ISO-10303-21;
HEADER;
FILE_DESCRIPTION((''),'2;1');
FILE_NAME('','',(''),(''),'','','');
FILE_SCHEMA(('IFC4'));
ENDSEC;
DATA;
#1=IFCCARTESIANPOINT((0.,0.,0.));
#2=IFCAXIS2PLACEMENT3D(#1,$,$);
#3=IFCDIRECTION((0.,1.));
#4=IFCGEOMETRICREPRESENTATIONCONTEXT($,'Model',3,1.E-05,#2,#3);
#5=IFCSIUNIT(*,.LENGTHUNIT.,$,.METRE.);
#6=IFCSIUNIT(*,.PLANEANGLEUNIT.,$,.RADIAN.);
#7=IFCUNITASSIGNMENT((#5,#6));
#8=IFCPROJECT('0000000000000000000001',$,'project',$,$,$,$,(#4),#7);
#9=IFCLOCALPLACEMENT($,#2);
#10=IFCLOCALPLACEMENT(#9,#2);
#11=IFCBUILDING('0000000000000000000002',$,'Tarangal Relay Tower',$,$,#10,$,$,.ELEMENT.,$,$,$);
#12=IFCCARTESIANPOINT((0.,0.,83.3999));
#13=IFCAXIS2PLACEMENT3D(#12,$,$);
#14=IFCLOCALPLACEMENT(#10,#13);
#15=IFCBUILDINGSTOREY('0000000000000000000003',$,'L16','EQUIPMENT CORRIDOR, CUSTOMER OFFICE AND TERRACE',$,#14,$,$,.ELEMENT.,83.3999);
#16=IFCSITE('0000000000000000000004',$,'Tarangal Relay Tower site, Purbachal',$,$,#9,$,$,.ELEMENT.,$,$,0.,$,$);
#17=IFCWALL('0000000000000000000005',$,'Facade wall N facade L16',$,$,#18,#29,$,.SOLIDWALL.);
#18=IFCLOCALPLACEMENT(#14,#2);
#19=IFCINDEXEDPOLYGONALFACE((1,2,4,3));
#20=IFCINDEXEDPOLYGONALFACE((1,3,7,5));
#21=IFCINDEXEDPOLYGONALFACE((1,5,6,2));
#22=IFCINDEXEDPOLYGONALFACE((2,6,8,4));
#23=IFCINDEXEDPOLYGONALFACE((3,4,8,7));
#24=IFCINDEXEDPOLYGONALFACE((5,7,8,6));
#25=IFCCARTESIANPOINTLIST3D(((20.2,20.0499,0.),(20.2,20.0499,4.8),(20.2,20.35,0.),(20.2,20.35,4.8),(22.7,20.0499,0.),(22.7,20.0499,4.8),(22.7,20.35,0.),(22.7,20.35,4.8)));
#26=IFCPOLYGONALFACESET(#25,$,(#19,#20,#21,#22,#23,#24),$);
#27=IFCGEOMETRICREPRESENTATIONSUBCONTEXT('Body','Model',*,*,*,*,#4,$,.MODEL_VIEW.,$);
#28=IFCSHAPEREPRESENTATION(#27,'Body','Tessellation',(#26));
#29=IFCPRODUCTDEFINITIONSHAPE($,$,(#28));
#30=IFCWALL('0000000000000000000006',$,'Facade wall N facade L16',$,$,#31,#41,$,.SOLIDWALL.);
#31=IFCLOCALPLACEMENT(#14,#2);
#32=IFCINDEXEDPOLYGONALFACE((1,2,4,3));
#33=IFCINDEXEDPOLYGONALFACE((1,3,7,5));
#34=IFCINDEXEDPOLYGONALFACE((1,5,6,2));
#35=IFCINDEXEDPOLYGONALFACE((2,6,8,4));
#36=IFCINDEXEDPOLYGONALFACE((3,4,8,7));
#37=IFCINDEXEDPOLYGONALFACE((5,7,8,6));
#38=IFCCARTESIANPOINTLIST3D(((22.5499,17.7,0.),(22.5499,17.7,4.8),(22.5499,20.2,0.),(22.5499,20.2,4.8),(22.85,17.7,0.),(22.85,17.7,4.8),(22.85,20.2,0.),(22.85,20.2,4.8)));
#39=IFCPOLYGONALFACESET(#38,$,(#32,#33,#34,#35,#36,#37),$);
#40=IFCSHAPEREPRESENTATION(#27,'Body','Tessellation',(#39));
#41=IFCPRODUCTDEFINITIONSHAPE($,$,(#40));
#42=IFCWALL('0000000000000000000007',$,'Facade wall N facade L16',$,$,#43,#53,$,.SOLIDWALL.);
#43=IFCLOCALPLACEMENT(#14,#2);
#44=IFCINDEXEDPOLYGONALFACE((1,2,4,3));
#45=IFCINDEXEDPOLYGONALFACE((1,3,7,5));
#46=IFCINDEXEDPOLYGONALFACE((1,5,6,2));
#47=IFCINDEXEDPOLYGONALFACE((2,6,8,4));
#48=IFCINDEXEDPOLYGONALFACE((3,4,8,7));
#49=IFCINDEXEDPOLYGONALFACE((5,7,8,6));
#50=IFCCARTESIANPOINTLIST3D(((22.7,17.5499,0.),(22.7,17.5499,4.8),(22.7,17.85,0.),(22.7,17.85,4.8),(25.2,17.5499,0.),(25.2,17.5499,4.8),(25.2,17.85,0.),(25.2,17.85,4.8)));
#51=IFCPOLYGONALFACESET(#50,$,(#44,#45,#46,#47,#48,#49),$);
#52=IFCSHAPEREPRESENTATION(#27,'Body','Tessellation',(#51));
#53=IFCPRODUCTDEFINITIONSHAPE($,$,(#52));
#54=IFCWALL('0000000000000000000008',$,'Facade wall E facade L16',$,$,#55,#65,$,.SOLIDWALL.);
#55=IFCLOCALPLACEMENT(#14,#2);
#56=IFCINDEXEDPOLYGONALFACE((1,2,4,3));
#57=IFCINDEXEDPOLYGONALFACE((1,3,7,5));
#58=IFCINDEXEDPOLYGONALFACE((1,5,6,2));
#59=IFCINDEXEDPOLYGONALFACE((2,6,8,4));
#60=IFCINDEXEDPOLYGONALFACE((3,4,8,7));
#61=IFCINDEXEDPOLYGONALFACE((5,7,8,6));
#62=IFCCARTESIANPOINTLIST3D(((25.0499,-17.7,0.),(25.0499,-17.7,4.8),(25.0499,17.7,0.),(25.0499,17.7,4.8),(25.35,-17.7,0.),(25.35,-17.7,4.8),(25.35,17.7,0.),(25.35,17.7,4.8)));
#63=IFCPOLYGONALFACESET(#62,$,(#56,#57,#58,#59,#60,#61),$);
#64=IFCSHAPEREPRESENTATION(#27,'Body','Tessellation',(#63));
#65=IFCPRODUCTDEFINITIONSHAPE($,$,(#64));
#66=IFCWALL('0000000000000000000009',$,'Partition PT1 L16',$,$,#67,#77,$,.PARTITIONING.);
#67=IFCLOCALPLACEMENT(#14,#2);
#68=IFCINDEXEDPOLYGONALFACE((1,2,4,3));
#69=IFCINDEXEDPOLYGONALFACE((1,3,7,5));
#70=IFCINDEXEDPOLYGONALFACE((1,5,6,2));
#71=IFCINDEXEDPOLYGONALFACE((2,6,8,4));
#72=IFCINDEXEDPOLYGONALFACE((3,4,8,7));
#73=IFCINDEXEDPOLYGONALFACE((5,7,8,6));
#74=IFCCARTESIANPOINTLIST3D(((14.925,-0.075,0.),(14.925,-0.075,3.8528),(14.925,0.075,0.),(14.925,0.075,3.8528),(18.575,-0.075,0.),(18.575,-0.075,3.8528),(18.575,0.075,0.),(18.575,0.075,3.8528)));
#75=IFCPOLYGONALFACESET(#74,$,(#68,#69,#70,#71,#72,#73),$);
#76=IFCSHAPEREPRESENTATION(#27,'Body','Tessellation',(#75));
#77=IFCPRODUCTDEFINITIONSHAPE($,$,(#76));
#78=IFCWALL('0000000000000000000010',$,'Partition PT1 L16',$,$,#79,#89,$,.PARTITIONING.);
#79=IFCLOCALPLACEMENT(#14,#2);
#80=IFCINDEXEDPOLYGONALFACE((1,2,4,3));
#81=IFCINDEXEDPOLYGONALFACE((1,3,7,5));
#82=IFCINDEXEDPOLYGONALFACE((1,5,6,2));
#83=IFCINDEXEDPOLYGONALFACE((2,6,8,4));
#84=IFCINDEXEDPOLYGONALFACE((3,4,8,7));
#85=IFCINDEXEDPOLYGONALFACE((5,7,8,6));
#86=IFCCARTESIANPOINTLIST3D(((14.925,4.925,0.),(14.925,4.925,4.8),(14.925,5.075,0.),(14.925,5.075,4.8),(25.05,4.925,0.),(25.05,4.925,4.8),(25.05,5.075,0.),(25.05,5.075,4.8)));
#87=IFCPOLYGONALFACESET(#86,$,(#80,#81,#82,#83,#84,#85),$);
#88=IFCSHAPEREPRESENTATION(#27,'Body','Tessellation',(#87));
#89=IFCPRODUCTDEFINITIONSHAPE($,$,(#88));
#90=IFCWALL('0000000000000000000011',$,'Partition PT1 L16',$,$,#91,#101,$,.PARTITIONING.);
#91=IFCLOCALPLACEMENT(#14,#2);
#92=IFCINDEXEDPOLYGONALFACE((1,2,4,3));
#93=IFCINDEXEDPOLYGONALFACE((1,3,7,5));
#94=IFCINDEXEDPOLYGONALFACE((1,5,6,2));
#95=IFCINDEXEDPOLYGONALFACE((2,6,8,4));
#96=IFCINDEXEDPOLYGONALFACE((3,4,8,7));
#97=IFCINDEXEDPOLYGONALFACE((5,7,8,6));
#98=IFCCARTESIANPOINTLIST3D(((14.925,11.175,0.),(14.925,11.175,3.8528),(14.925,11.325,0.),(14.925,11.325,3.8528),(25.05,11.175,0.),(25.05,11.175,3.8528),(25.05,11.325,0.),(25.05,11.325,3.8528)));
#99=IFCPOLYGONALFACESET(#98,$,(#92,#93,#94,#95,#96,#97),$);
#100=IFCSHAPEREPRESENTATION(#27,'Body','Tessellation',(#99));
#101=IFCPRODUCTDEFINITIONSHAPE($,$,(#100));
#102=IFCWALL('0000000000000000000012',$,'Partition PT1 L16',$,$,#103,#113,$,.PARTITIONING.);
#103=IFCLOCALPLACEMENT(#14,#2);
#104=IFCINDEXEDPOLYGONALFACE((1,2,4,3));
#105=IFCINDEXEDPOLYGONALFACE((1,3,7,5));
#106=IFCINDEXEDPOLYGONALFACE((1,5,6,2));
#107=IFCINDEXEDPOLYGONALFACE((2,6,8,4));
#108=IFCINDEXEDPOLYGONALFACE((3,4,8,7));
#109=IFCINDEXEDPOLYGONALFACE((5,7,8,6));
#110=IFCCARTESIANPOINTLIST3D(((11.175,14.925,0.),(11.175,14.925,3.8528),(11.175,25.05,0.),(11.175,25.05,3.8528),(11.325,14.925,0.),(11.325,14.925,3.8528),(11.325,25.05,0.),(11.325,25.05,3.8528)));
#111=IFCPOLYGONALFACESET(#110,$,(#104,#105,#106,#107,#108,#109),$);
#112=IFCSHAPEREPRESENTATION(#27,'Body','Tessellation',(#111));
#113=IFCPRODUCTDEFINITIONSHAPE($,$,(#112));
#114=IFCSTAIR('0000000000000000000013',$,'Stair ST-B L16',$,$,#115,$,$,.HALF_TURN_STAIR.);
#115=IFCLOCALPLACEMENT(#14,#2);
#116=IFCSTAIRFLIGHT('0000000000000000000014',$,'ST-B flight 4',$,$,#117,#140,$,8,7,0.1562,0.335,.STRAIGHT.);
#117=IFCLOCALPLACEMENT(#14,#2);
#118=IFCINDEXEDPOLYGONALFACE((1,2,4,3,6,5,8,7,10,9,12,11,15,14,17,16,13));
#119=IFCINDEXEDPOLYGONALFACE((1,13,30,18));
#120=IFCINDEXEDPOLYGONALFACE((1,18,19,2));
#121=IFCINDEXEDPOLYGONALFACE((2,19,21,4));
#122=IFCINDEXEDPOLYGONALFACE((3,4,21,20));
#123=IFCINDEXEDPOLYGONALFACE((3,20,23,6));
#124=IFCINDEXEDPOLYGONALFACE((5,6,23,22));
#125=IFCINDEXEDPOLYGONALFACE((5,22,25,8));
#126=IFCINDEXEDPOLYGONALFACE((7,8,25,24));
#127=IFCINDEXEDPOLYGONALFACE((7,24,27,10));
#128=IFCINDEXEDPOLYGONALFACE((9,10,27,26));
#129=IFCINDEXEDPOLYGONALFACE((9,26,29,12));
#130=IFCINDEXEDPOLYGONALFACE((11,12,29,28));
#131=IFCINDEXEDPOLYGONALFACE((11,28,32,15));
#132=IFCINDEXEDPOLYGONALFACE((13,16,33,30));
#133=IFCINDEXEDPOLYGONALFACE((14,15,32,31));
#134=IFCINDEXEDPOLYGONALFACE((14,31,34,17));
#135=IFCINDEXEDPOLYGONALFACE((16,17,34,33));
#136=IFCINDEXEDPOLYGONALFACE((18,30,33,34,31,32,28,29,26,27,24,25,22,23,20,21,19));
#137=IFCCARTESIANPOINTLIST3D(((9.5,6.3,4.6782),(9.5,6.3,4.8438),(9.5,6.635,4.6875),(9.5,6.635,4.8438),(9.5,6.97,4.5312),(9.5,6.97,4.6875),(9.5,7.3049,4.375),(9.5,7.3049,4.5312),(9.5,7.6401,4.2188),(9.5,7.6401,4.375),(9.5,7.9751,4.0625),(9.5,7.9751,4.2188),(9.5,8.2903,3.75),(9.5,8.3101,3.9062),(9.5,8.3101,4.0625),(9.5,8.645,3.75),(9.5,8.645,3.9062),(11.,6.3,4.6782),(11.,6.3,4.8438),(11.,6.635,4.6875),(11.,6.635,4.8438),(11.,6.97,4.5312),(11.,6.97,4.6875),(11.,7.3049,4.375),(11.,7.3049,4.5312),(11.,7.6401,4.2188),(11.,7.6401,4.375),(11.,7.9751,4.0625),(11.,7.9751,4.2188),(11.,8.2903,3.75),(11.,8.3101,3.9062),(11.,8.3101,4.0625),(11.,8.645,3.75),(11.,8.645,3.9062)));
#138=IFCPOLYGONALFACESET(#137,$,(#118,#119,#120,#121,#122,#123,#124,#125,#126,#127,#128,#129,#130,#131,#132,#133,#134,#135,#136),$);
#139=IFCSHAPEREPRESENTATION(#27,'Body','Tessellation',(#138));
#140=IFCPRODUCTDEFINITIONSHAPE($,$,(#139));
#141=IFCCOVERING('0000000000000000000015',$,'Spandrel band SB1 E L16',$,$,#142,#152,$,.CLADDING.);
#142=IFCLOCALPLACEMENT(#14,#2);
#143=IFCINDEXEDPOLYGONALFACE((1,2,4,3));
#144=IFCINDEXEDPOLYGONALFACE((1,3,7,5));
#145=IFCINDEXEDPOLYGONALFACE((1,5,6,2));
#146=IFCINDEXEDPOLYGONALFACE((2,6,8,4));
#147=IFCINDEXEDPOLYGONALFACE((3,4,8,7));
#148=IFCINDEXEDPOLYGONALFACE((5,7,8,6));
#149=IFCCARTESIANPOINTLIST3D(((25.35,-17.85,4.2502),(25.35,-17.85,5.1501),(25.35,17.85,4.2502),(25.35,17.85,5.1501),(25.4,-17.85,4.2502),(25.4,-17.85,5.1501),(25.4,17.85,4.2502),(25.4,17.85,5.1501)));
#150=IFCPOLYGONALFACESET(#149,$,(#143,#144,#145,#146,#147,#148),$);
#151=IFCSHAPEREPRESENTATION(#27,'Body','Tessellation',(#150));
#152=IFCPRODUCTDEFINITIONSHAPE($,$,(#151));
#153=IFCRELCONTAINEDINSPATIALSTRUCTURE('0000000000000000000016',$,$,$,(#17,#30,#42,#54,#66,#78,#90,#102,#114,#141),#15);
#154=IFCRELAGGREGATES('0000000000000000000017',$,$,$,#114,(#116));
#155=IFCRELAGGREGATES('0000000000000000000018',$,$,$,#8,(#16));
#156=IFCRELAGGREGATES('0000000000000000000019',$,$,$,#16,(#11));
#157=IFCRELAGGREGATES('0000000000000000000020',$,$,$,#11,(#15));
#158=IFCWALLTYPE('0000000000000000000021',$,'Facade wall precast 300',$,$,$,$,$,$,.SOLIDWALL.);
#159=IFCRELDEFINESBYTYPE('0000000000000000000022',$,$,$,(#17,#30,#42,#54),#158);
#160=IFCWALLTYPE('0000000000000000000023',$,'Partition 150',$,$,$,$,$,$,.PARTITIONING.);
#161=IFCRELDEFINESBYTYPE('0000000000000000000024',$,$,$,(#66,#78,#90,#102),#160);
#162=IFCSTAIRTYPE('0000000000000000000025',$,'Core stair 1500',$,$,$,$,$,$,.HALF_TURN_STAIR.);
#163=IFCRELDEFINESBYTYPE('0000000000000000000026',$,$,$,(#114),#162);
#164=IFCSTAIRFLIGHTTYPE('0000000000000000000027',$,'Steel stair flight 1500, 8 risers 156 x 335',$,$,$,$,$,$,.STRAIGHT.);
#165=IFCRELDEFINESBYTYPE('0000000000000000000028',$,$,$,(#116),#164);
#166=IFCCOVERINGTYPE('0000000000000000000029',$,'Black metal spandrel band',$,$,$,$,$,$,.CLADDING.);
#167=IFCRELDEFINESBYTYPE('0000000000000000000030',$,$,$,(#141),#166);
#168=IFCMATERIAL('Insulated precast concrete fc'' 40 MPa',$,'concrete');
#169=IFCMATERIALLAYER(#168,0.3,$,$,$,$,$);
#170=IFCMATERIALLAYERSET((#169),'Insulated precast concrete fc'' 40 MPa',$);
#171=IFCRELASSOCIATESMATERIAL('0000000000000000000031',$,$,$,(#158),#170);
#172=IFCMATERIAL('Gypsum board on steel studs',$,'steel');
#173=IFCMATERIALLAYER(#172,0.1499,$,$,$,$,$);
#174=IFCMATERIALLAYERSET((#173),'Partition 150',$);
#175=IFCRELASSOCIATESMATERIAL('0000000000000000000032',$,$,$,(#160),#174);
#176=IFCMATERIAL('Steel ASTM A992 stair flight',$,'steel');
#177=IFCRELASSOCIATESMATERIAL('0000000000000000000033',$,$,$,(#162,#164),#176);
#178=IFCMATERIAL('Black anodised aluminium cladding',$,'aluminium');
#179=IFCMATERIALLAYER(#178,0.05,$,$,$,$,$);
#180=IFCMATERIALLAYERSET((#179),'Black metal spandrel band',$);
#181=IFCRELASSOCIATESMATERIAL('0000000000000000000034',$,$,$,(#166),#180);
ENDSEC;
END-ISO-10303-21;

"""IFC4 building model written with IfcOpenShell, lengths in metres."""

from ifc_helpers import new_model, si_unit, direction, frame, frame_2d, origin, origin_2d, place, context, subcontext, project, spatial, polyline, rectangle, outline, extrude, material, layer, layer_set, type_object, element, aggregate, save


model = new_model("IFC4")

# Units and contexts
model_context = context("Model", 3, precision=1e-05, world=origin(), true_north=direction((0.0, 1.0)))
body_context = subcontext(model_context, "Body", "Model", "MODEL_VIEW")
ifc_project = project(units=[si_unit("LENGTHUNIT", "METRE"), si_unit("PLANEANGLEUNIT", "RADIAN")], contexts=[model_context])

# Site, building, storey
site_placement = place(None, origin())
site = spatial("IfcSite", under=ifc_project, at=site_placement, Name="Tarangal Relay Tower site, Purbachal", CompositionType="ELEMENT", RefElevation=0.0)
building_placement = place(site_placement, origin())
building = spatial("IfcBuilding", under=site, at=building_placement, Name="Tarangal Relay Tower", CompositionType="ELEMENT")
storey_placement = place(building_placement, frame((0.0, 0.0, 83.3999)))
storey = spatial("IfcBuildingStorey", under=building, at=storey_placement, Name="L16", Description="EQUIPMENT CORRIDOR, CUSTOMER OFFICE AND TERRACE", CompositionType="ELEMENT", Elevation=83.3999)

# Shared definitions
ifc_material_1 = material(Name="Insulated precast concrete fc' 40 MPa", Category="concrete")
ifc_layer_1 = layer(ifc_material_1, 0.3)
ifc_layer_set_1 = layer_set([ifc_layer_1], Name="Insulated precast concrete fc' 40 MPa")
wall_type_1 = type_object("IfcWallType", Name="Facade wall precast 300", PredefinedType="SOLIDWALL", material=ifc_layer_set_1)

# Walls
for number, where, z_axis, x_axis, name in (
    (1, (20.2, 20.2, 0.0), (0.0, 0.0, 1.0), (1.0, 0.0, 0.0), "Facade wall N facade L16"),
    (2, (22.7, 20.2, 0.0), (0.0, 0.0, 1.0), (0.0, -1.0, 0.0), "Facade wall N facade L16"),
    (3, (22.7, 17.7, 0.0), (0.0, 0.0, 1.0), (1.0, 0.0, 0.0), "Facade wall N facade L16"),
):
    element("IfcWall", number, at=place(storey_placement, frame(where, z_axis=z_axis, x_axis=x_axis)), inside=storey, type_object=wall_type_1, Name=name, PredefinedType="SOLIDWALL", context=body_context, shape_type="SweptSolid", body=[
        extrude(rectangle(XDim=2.5, YDim=0.3, at=frame_2d((1.25, 0.0))), origin(), (0.0, 0.0, 1.0), 4.8),
    ])
wall_1_placement = place(storey_placement, frame((25.2, 17.7, 0.0), z_axis=(0.0, 0.0, 1.0), x_axis=(0.0, -1.0, 0.0)))
element("IfcWall", 4, at=wall_1_placement, inside=storey, type_object=wall_type_1, Name="Facade wall E facade L16", PredefinedType="SOLIDWALL", context=body_context, shape_type="SweptSolid", body=[
    extrude(rectangle(XDim=35.3999, YDim=0.3, at=frame_2d((17.7, 0.0))), origin(), (0.0, 0.0, 1.0), 4.8),
])
ifc_material_2 = material(Name="Gypsum board on steel studs", Category="steel")
ifc_layer_2 = layer(ifc_material_2, 0.1499)
ifc_layer_set_2 = layer_set([ifc_layer_2], Name="Partition 150")
wall_type_2 = type_object("IfcWallType", Name="Partition 150", PredefinedType="PARTITIONING", material=ifc_layer_set_2)
wall_2_placement = place(storey_placement, frame((14.925, 0.0, 0.0), z_axis=(0.0, 0.0, 1.0), x_axis=(1.0, 0.0, 0.0)))
element("IfcWall", 5, at=wall_2_placement, inside=storey, type_object=wall_type_2, Name="Partition PT1 L16", PredefinedType="PARTITIONING", context=body_context, shape_type="SweptSolid", body=[
    extrude(rectangle(XDim=3.6499, YDim=0.1499, at=frame_2d((1.825, 0.0))), origin(), (0.0, 0.0, 1.0), 3.8528),
])
wall_3_placement = place(storey_placement, frame((14.925, 5.0, 0.0), z_axis=(0.0, 0.0, 1.0), x_axis=(1.0, 0.0, 0.0)))
element("IfcWall", 6, at=wall_3_placement, inside=storey, type_object=wall_type_2, Name="Partition PT1 L16", PredefinedType="PARTITIONING", context=body_context, shape_type="SweptSolid", body=[
    extrude(rectangle(XDim=10.125, YDim=0.1499, at=frame_2d((5.0625, 0.0))), origin(), (0.0, 0.0, 1.0), 4.8),
])
for number, where, z_axis, x_axis, name in (
    (7, (14.925, 11.25, 0.0), (0.0, 0.0, 1.0), (1.0, 0.0, 0.0), "Partition PT1 L16"),
    (8, (11.25, 14.925, 0.0), (0.0, 0.0, 1.0), (0.0, 1.0, 0.0), "Partition PT1 L16"),
):
    element("IfcWall", number, at=place(storey_placement, frame(where, z_axis=z_axis, x_axis=x_axis)), inside=storey, type_object=wall_type_2, Name=name, PredefinedType="PARTITIONING", context=body_context, shape_type="SweptSolid", body=[
        extrude(rectangle(XDim=10.125, YDim=0.1499, at=frame_2d((5.0625, 0.0))), origin(), (0.0, 0.0, 1.0), 3.8528),
    ])

# Stair, stair flight
ifc_material_3 = material(Name="Steel ASTM A992 stair flight", Category="steel")
stair_type = type_object("IfcStairType", Name="Core stair 1500", PredefinedType="HALF_TURN_STAIR", material=ifc_material_3)
stair_placement = place(storey_placement, origin())
stair = element("IfcStair", 9, at=stair_placement, inside=storey, type_object=stair_type, Name="Stair ST-B L16", PredefinedType="HALF_TURN_STAIR")
stair_flight_type = type_object("IfcStairFlightType", Name="Steel stair flight 1500, 8 risers 156 x 335", PredefinedType="STRAIGHT", material=ifc_material_3)
stair_flight_placement = place(storey_placement, frame((10.25, 8.645, 3.75), z_axis=(0.0, 0.0, 1.0), x_axis=(0.0, -1.0, 0.0)))
stair_flight = element("IfcStairFlight", 10, at=stair_flight_placement, type_object=stair_flight_type, Name="ST-B flight 4", NumberOfRisers=8, NumberOfTreads=7, PredefinedType="STRAIGHT", RiserHeight=0.1562, TreadLength=0.335, context=body_context, shape_type="SweptSolid", body=[
    extrude(outline(polyline([(0.0, 0.0), (0.0, 0.1562), (0.335, 0.1562), (0.335, 0.3125), (0.6699, 0.3125), (0.6699, 0.4688), (1.0049, 0.4688), (1.0049, 0.625), (1.3401, 0.625), (1.3401, 0.7812), (1.675, 0.7812), (1.675, 0.9375), (2.01, 0.9375), (2.01, 1.0938), (2.345, 1.0938), (2.345, 1.25), (2.345, 0.9282), (0.3547, 0.0), (0.0, 0.0)])), frame((0.0, 0.75, 0.0), z_axis=(0.0, -1.0, 0.0), x_axis=(1.0, 0.0, 0.0)), (0.0, 0.0, 1.0), 1.5),
])
aggregate(stair, [stair_flight])

# Covering
ifc_material_4 = material(Name="Black anodised aluminium cladding", Category="aluminium")
ifc_layer_3 = layer(ifc_material_4, 0.05)
ifc_layer_set_3 = layer_set([ifc_layer_3], Name="Black metal spandrel band")
covering_type = type_object("IfcCoveringType", Name="Black metal spandrel band", PredefinedType="CLADDING", material=ifc_layer_set_3)
covering_placement = place(storey_placement, frame((25.375, 0.0, 4.2502), z_axis=(0.0, 0.0, 1.0), x_axis=(0.0, -1.0, 0.0)))
element("IfcCovering", 11, at=covering_placement, inside=storey, type_object=covering_type, Name="Spandrel band SB1 E L16", PredefinedType="CLADDING", context=body_context, shape_type="SweptSolid", body=[
    extrude(rectangle(XDim=35.7, YDim=0.05, at=origin_2d()), origin(), (0.0, 0.0, 1.0), 0.8999),
])

save(model, "model.ifc")
